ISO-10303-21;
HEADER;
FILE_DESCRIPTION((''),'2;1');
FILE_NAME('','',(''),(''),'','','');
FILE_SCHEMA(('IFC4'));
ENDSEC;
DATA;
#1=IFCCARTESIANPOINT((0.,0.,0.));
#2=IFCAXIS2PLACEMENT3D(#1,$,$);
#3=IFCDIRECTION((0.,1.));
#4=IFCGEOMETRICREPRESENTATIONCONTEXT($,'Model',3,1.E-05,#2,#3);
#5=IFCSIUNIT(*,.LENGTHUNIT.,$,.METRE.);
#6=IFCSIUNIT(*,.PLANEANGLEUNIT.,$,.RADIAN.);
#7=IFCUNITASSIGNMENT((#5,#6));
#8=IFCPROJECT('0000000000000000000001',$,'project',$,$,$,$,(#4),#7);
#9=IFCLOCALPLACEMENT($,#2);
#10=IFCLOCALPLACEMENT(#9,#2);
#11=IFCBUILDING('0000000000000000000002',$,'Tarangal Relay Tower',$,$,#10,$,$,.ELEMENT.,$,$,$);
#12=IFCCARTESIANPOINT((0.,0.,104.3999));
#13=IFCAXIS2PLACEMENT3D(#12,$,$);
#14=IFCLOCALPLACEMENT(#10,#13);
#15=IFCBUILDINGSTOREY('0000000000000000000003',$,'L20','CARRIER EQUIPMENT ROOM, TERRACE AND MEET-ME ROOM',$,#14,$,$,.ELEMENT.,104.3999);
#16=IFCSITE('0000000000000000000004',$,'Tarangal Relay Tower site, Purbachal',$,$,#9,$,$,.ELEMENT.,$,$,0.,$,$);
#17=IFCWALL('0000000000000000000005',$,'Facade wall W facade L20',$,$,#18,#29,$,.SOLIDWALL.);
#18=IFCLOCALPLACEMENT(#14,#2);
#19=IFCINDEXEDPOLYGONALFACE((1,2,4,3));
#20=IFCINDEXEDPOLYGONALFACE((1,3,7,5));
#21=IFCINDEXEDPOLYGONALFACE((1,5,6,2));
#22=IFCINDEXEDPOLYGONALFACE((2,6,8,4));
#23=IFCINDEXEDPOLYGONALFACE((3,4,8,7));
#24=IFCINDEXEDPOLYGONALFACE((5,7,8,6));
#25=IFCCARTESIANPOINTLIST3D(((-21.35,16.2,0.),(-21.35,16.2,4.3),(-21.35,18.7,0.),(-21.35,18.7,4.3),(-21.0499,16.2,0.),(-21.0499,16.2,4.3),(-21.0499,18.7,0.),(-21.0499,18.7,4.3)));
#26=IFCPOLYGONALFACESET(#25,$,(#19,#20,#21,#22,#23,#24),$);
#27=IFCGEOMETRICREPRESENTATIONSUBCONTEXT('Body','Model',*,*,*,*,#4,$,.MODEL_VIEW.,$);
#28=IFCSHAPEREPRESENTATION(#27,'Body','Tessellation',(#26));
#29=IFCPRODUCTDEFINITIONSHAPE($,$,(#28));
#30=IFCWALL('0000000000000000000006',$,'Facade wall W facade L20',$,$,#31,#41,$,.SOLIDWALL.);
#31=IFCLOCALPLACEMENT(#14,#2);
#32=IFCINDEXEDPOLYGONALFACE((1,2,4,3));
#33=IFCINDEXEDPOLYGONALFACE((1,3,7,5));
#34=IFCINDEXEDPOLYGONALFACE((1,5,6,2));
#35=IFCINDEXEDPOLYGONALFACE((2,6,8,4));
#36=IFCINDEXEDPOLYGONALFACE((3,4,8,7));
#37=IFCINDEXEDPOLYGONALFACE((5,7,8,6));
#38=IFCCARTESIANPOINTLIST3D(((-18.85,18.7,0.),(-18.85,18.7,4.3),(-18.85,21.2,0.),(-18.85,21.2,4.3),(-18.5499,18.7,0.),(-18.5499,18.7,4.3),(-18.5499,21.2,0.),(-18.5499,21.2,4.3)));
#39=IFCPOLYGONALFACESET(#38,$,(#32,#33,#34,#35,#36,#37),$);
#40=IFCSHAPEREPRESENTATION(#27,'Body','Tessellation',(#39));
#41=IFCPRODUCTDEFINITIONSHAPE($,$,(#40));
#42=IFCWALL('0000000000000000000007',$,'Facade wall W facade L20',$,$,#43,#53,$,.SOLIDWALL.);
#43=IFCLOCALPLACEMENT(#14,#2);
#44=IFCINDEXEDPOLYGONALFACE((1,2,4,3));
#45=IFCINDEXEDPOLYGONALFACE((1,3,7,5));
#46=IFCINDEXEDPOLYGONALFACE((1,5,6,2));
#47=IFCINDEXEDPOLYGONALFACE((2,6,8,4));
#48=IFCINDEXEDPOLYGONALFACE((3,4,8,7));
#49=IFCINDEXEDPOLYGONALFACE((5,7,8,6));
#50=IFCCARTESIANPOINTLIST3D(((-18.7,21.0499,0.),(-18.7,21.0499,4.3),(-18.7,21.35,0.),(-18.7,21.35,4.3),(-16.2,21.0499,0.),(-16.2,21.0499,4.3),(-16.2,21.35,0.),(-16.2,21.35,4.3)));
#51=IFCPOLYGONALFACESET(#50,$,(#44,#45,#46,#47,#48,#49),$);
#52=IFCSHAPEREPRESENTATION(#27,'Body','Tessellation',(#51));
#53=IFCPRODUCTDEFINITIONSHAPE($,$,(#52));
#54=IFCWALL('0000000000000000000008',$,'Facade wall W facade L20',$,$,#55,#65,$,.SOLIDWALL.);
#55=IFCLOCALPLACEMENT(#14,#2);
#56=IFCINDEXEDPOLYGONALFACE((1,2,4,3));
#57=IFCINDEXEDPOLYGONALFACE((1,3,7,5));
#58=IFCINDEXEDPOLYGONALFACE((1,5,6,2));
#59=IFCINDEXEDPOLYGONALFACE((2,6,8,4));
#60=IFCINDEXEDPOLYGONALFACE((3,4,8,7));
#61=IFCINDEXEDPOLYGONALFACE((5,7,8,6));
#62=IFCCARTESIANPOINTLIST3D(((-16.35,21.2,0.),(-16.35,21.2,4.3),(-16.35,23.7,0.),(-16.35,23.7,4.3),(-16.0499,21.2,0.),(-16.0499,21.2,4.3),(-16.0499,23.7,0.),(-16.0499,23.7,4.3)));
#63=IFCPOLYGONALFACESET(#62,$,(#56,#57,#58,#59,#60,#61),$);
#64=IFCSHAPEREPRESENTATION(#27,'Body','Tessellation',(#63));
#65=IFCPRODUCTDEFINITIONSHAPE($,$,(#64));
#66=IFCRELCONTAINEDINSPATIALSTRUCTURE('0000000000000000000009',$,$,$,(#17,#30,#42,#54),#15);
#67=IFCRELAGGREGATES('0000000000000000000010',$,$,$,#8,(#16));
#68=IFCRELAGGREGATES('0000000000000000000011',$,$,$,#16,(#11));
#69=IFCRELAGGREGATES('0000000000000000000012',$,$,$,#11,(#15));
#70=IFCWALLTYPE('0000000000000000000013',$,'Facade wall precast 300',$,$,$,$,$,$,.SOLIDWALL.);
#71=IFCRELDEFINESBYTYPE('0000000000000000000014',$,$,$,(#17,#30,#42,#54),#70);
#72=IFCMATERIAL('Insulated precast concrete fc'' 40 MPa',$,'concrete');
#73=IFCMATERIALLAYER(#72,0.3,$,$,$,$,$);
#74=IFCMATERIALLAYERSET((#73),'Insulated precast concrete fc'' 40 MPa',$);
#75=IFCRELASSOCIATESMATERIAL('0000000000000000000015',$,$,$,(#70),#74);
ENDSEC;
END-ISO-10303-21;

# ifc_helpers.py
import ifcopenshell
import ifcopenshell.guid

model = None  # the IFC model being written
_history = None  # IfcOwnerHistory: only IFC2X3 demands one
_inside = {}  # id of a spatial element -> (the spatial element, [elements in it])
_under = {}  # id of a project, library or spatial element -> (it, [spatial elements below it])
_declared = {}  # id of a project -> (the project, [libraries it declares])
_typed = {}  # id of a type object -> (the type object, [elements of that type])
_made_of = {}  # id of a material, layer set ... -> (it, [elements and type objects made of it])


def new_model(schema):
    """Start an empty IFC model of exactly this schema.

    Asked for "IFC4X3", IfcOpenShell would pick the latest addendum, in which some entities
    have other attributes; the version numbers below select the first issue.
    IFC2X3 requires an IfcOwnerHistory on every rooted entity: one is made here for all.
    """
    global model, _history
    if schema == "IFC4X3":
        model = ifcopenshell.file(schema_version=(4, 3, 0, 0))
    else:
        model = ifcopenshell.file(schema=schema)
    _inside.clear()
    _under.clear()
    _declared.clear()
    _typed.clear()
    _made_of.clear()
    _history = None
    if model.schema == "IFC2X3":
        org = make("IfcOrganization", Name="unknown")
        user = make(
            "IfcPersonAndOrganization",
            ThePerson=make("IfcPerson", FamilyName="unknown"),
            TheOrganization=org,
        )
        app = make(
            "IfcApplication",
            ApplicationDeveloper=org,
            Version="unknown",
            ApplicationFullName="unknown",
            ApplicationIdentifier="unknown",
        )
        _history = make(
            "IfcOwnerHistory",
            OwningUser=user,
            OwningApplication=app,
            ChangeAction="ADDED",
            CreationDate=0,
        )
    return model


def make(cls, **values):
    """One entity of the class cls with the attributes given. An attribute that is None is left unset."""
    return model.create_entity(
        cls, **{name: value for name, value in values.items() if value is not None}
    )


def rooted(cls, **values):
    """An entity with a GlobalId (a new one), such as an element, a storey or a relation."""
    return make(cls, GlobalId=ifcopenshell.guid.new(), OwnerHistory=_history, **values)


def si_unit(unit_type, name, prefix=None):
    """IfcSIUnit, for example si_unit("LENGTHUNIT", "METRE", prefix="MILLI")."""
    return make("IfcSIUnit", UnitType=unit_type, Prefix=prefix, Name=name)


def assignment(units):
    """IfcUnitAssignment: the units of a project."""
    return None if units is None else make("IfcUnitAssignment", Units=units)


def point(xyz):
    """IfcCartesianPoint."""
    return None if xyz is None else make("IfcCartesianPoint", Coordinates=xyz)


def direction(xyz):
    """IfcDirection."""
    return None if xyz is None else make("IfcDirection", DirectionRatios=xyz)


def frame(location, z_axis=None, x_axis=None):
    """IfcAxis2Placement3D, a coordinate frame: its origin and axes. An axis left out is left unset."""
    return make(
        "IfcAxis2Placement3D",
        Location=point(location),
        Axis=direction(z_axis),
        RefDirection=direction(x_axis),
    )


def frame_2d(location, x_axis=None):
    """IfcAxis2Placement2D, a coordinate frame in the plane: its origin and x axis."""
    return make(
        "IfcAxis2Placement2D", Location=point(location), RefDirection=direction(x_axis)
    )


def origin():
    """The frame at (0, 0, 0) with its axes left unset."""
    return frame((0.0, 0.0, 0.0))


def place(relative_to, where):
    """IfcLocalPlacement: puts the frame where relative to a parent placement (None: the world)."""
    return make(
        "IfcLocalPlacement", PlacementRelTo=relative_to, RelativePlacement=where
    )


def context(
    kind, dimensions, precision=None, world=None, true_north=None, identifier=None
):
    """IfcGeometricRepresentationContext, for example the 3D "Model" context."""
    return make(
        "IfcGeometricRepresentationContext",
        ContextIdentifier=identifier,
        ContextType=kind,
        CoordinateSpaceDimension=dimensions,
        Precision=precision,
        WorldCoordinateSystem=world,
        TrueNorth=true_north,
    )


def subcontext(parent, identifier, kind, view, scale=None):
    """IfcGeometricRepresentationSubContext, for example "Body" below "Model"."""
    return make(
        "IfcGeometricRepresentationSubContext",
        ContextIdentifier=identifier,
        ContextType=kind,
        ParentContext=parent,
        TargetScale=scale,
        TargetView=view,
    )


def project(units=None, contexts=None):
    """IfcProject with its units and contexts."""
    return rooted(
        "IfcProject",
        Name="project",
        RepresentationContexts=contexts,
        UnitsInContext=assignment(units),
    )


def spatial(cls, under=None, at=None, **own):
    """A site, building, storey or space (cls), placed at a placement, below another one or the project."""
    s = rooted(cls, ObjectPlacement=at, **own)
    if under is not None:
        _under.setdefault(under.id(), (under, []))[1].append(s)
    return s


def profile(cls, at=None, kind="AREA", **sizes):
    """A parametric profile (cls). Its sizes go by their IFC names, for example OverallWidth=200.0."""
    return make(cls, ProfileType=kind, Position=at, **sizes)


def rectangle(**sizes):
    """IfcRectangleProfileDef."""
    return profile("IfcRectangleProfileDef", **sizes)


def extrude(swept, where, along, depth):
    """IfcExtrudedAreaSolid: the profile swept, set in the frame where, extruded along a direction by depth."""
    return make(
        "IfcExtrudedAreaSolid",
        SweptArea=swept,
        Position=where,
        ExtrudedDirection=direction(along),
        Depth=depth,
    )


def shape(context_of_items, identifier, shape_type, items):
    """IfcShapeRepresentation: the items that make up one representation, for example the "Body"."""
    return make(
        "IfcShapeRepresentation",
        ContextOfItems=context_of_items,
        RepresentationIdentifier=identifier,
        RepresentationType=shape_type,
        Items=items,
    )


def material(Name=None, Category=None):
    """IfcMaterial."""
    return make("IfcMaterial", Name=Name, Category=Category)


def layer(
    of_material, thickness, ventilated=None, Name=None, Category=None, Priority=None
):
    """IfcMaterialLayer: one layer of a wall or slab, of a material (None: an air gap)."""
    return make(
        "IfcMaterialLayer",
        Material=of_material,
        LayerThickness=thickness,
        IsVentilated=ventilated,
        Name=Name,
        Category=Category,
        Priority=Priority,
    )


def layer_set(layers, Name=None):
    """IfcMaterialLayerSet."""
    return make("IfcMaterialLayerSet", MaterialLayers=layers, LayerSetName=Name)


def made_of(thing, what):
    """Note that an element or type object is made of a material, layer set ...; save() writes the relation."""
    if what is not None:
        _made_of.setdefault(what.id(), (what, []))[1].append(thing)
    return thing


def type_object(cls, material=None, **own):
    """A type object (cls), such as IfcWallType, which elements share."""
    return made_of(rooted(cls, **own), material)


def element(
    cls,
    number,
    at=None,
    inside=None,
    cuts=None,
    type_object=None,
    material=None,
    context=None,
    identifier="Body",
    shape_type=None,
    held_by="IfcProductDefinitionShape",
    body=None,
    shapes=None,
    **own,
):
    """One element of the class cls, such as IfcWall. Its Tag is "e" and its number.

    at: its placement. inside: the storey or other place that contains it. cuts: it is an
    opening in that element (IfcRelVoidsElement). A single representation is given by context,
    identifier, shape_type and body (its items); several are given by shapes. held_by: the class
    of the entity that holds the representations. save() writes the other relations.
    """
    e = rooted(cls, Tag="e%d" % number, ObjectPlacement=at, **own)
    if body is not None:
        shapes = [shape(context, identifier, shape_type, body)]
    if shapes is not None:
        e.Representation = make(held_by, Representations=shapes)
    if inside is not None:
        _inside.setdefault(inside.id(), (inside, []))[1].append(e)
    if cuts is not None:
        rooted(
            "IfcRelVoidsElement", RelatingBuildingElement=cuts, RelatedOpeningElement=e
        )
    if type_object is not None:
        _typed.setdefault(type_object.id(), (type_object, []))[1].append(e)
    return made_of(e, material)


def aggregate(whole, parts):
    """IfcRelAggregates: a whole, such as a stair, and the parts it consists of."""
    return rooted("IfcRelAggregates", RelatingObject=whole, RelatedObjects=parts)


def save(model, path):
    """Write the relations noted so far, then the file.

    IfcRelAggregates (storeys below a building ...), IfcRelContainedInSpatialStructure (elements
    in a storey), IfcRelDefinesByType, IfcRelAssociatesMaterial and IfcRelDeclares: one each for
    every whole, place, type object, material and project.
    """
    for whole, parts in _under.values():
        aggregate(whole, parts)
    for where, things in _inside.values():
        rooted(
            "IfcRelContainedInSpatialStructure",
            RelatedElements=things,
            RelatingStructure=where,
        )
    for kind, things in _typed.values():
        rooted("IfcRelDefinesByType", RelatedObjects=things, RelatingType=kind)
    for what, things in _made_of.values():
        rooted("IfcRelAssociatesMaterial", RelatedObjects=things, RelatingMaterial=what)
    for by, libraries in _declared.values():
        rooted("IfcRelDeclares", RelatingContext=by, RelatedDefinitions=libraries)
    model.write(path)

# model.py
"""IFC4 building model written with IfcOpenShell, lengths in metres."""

from ifc_helpers import new_model, si_unit, direction, frame, frame_2d, origin, place, context, subcontext, project, spatial, rectangle, extrude, material, layer, layer_set, type_object, element, save


model = new_model("IFC4")

# Units and contexts
model_context = context("Model", 3, precision=1e-05, world=origin(), true_north=direction((0.0, 1.0)))
body_context = subcontext(model_context, "Body", "Model", "MODEL_VIEW")
ifc_project = project(units=[si_unit("LENGTHUNIT", "METRE"), si_unit("PLANEANGLEUNIT", "RADIAN")], contexts=[model_context])

# Site, building, storey
site_placement = place(None, origin())
site = spatial("IfcSite", under=ifc_project, at=site_placement, Name="Tarangal Relay Tower site, Purbachal", CompositionType="ELEMENT", RefElevation=0.0)
building_placement = place(site_placement, origin())
building = spatial("IfcBuilding", under=site, at=building_placement, Name="Tarangal Relay Tower", CompositionType="ELEMENT")
storey_placement = place(building_placement, frame((0.0, 0.0, 104.3999)))
storey = spatial("IfcBuildingStorey", under=building, at=storey_placement, Name="L20", Description="CARRIER EQUIPMENT ROOM, TERRACE AND MEET-ME ROOM", CompositionType="ELEMENT", Elevation=104.3999)

# Shared definitions
ifc_material_1 = material(Name="Insulated precast concrete fc' 40 MPa", Category="concrete")
ifc_layer = layer(ifc_material_1, 0.3)
ifc_layer_set = layer_set([ifc_layer], Name="Insulated precast concrete fc' 40 MPa")
wall_type = type_object("IfcWallType", Name="Facade wall precast 300", PredefinedType="SOLIDWALL", material=ifc_layer_set)

# Wall
wall_1_placement = place(storey_placement, frame((-21.2, 16.2, 0.0), z_axis=(0.0, 0.0, 1.0), x_axis=(0.0, 1.0, 0.0)))
element("IfcWall", 1, at=wall_1_placement, inside=storey, type_object=wall_type, Name="Facade wall W facade L20", PredefinedType="SOLIDWALL", context=body_context, shape_type="SweptSolid", body=[
    extrude(rectangle(XDim=2.5, YDim=0.3, at=frame_2d((1.25, 0.0))), origin(), (0.0, 0.0, 1.0), 4.3),
])

# Walls
for number, where, z_axis, x_axis, name in (
    (2, (-18.7, 18.7, 0.0), (0.0, 0.0, 1.0), (0.0, 1.0, 0.0), "Facade wall W facade L20"),
    (3, (-18.7, 21.2, 0.0), (0.0, 0.0, 1.0), (1.0, 0.0, 0.0), "Facade wall W facade L20"),
    (4, (-16.2, 21.2, 0.0), (0.0, 0.0, 1.0), (0.0, 1.0, 0.0), "Facade wall W facade L20"),
):
    element("IfcWall", number, at=place(storey_placement, frame(where, z_axis=z_axis, x_axis=x_axis)), inside=storey, type_object=wall_type, Name=name, PredefinedType="SOLIDWALL", context=body_context, shape_type="SweptSolid", body=[
        extrude(rectangle(XDim=2.5, YDim=0.3, at=frame_2d((1.25, 0.0))), origin(), (0.0, 0.0, 1.0), 4.3),
    ])

save(model, "model.ifc")
